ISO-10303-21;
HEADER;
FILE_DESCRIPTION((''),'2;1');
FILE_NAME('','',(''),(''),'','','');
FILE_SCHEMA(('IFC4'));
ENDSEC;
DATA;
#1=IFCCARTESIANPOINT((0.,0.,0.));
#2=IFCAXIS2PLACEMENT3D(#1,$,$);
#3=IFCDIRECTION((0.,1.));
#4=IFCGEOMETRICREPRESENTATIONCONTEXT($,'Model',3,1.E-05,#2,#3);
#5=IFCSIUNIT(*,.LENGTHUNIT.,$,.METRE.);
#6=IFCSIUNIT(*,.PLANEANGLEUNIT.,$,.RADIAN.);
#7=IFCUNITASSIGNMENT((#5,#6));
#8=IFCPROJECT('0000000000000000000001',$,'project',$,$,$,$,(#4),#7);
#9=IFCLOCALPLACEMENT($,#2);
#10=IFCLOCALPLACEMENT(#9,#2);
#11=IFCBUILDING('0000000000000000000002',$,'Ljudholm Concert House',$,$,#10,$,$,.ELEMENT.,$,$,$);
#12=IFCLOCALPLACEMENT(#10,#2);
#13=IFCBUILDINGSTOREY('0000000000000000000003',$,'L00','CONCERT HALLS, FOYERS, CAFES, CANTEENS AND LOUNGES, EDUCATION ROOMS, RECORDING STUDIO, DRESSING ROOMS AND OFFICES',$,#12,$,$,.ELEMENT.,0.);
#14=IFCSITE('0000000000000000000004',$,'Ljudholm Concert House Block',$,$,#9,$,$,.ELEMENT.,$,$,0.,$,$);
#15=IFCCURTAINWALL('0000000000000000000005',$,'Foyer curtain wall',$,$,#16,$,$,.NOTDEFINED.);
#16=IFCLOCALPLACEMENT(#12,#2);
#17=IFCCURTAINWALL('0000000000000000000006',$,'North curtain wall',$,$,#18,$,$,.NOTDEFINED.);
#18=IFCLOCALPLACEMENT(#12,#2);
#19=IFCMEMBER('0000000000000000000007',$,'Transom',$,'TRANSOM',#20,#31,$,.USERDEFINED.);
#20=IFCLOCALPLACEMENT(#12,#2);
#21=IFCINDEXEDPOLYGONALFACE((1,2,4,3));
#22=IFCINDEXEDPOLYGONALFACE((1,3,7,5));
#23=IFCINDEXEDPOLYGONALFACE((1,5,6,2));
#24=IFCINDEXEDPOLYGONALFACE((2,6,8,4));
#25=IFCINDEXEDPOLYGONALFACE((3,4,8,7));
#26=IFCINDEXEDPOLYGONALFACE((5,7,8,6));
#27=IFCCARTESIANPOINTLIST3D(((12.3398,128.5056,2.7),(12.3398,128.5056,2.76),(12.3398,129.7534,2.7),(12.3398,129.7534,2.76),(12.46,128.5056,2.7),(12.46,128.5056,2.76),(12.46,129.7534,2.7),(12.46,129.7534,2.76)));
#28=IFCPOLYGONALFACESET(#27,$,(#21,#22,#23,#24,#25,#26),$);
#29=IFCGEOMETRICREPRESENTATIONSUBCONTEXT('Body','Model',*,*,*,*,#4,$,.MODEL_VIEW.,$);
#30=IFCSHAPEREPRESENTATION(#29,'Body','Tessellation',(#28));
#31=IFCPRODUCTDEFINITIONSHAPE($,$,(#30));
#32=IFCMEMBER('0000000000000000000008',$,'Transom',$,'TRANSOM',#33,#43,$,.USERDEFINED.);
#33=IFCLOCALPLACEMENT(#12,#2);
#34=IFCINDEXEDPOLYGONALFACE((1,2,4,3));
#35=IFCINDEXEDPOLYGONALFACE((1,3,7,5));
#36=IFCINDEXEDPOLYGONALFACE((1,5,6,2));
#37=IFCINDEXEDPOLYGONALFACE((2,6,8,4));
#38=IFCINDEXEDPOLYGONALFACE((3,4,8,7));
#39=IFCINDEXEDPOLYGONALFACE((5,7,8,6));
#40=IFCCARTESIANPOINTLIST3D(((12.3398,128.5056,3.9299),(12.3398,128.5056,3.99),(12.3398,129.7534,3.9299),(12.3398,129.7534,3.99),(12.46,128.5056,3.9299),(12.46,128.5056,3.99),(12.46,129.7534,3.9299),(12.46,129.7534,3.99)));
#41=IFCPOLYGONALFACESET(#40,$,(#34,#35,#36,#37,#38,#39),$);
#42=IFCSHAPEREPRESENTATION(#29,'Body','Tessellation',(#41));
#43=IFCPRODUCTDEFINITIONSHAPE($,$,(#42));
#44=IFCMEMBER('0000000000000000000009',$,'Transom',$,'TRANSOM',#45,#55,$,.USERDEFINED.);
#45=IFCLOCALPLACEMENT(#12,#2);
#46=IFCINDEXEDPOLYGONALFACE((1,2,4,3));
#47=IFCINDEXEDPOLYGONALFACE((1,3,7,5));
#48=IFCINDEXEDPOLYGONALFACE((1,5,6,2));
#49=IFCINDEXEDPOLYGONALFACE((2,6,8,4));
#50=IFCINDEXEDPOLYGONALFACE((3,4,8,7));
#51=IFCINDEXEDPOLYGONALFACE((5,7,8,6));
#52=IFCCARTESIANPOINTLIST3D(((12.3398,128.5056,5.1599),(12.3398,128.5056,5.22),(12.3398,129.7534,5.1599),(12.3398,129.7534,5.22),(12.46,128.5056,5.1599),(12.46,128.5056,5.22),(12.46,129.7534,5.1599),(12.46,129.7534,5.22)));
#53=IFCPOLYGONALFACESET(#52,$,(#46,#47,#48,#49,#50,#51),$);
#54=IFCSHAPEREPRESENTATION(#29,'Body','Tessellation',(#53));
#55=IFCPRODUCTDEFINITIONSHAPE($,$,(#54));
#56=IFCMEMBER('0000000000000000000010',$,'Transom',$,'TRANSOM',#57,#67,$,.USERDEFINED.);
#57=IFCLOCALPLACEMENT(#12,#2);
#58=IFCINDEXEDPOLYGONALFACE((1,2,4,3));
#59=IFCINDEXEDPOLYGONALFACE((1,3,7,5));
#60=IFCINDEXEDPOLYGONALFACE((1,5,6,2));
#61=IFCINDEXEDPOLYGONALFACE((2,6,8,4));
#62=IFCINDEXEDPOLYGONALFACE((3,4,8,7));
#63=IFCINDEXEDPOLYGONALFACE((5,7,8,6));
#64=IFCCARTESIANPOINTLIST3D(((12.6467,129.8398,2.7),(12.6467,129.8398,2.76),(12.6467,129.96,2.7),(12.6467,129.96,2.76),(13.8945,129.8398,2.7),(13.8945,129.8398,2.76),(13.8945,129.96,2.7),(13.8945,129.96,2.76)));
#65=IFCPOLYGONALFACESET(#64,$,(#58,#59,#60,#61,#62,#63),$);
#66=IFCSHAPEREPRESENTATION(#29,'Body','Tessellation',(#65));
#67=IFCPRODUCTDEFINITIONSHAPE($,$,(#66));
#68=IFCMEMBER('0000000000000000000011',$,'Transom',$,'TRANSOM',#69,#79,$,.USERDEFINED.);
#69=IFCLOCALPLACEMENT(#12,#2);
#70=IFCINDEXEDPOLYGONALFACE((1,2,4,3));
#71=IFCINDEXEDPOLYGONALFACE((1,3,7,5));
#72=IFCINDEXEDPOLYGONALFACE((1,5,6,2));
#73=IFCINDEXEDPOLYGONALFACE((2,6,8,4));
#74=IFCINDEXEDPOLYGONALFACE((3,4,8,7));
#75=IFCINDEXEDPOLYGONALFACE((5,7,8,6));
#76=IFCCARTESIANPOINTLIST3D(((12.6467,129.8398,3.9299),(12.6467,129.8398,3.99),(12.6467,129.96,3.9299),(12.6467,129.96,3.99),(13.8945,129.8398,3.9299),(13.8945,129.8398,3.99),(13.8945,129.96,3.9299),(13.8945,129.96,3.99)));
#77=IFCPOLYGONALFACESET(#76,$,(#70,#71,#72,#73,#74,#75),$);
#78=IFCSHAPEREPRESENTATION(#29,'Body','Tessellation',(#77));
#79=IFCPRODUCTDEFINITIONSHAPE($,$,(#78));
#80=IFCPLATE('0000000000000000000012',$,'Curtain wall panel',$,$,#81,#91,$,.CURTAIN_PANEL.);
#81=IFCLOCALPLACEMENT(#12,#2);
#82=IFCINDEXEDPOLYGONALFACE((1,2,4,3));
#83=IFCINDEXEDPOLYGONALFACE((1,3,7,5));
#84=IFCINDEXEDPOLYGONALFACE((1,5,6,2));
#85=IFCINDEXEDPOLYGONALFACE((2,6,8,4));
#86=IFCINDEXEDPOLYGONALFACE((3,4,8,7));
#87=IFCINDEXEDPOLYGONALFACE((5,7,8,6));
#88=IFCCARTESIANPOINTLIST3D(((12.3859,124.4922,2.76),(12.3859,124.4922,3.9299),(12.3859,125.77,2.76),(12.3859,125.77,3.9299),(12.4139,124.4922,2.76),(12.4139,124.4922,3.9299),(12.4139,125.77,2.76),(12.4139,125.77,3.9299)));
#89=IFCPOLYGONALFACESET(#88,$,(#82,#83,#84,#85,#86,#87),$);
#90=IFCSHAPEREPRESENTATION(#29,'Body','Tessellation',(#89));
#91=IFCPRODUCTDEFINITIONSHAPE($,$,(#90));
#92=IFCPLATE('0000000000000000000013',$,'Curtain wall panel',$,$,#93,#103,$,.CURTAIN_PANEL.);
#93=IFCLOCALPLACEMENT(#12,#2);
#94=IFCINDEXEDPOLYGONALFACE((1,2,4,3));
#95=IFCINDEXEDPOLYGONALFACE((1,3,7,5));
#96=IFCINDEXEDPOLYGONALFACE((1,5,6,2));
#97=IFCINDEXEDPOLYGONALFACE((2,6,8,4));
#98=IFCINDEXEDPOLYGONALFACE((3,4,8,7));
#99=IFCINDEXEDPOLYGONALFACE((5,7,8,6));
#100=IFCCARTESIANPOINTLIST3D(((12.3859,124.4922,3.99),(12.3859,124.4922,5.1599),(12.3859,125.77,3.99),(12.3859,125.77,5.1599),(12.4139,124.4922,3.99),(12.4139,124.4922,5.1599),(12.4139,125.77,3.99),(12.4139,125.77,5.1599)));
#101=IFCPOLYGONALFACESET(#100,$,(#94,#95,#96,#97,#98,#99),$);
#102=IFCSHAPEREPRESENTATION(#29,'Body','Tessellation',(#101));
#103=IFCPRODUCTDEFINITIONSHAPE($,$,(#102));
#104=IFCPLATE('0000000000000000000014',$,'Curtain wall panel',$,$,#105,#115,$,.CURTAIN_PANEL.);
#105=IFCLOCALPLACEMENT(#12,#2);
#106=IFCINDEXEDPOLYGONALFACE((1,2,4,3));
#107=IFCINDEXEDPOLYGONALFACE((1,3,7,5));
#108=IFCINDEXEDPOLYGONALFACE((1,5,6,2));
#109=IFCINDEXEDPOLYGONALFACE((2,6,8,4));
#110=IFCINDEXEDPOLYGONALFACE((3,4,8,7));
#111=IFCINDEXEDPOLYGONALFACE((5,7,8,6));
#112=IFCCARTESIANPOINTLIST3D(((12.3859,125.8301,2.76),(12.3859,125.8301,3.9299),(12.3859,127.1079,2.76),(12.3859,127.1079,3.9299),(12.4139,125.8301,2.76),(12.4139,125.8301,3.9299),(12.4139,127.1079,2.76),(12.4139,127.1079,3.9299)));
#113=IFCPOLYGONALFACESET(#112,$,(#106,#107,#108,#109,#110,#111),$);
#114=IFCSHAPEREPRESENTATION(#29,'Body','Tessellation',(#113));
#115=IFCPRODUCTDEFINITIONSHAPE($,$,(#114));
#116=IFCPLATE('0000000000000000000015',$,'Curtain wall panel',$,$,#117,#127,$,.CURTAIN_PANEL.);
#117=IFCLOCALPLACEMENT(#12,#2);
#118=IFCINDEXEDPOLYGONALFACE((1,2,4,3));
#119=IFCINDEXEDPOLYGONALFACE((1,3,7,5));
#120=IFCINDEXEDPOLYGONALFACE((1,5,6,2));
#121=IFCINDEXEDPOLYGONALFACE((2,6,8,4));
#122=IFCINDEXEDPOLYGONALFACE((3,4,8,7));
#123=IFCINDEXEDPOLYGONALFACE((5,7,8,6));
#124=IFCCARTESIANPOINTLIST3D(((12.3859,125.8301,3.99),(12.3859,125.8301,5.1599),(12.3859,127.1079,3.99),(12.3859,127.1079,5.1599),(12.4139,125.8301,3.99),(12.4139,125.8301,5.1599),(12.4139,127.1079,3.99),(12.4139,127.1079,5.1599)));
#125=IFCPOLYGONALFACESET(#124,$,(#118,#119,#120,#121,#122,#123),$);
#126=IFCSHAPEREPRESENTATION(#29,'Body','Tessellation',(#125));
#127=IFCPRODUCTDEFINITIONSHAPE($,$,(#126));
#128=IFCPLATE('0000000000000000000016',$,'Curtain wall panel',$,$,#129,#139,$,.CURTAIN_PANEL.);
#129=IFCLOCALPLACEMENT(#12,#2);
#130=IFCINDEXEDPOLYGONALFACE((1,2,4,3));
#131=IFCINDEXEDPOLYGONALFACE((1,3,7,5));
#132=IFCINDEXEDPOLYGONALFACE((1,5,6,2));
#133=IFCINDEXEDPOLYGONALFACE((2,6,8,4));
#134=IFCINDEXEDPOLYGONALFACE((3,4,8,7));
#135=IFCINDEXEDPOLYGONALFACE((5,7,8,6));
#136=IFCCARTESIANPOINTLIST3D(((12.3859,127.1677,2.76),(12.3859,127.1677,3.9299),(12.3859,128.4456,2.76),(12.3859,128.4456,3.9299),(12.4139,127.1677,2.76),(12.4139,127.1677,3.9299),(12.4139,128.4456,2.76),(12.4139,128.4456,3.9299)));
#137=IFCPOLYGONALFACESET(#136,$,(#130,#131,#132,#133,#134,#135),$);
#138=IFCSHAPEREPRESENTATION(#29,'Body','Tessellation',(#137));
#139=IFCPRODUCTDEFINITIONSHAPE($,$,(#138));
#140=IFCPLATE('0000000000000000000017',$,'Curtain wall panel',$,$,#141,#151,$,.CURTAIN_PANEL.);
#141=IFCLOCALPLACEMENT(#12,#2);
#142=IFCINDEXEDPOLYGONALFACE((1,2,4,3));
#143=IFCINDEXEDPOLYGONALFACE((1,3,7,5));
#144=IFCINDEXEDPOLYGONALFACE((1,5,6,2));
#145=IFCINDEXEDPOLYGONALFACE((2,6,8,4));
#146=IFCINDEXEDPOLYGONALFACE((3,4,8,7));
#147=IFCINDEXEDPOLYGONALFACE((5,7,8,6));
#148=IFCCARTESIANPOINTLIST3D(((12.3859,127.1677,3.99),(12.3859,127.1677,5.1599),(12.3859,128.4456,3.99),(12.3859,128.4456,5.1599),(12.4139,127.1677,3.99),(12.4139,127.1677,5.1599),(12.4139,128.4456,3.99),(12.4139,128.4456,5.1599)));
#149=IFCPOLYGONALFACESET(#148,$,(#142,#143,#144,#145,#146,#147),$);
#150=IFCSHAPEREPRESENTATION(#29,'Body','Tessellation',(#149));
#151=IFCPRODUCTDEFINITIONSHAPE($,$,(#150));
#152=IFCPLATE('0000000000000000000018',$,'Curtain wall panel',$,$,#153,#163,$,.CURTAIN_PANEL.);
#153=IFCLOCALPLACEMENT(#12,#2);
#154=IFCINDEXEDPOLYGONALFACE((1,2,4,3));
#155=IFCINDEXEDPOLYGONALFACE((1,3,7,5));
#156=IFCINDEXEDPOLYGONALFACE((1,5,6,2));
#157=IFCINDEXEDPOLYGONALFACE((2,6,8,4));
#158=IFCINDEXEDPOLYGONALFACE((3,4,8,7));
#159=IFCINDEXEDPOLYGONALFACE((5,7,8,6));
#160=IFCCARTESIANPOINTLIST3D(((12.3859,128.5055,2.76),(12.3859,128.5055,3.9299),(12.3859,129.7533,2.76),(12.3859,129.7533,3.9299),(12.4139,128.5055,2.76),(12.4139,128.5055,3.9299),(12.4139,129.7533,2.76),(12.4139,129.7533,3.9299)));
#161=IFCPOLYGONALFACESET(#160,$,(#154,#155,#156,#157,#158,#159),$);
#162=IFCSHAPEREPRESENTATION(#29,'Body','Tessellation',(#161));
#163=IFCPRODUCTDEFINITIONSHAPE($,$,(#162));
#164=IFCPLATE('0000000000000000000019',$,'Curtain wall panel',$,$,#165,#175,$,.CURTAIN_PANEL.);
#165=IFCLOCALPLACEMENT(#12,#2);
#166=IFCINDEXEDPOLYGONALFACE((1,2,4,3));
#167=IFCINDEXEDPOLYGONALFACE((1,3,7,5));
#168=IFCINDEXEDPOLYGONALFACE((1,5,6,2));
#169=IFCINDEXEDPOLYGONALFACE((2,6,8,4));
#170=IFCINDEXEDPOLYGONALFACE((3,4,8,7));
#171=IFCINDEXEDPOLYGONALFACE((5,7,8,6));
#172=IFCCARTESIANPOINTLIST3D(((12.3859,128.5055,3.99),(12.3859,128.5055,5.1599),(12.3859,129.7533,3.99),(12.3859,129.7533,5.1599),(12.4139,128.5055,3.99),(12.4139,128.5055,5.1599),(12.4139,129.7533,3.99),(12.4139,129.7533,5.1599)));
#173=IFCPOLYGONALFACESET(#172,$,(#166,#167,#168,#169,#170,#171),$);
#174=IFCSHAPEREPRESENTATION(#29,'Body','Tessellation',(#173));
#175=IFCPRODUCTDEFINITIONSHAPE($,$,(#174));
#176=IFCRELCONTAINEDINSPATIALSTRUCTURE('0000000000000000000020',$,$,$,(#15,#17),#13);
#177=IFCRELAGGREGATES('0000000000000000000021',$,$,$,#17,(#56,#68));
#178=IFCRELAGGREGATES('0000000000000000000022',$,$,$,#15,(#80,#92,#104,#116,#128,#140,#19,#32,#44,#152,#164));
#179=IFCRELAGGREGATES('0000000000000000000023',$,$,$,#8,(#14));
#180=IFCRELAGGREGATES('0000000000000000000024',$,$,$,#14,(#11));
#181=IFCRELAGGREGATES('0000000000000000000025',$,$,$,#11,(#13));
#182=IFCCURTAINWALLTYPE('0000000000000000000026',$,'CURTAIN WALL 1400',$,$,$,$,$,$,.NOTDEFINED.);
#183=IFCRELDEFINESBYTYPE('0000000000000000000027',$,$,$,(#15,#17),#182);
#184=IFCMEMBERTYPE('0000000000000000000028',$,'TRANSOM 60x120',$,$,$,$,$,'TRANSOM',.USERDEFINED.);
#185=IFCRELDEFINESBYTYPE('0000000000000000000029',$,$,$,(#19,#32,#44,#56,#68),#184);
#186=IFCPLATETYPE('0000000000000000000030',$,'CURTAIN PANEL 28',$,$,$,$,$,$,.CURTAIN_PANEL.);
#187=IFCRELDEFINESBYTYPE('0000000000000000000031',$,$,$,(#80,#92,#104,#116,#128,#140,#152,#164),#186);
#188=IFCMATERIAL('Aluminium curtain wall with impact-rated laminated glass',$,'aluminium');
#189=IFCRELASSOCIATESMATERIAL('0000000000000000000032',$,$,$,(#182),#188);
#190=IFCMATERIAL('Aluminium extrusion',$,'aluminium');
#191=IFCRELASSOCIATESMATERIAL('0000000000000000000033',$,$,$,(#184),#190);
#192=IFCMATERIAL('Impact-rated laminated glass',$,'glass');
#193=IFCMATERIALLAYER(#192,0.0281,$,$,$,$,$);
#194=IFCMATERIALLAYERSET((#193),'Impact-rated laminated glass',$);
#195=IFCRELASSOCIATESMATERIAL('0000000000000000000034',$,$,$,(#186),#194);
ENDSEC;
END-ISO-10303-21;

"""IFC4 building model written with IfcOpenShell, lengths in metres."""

from ifc_helpers import new_model, si_unit, direction, frame, origin, origin_2d, place, context, subcontext, project, spatial, rectangle, extrude, material, layer, layer_set, material_profile, profile_set, type_object, element, aggregate, save


model = new_model("IFC4")

# Units and contexts
model_context = context("Model", 3, precision=1e-05, world=origin(), true_north=direction((0.0, 1.0)))
body_context = subcontext(model_context, "Body", "Model", "MODEL_VIEW")
ifc_project = project(units=[si_unit("LENGTHUNIT", "METRE"), si_unit("PLANEANGLEUNIT", "RADIAN")], contexts=[model_context])

# Site, building, storey
site_placement = place(None, origin())
site = spatial("IfcSite", under=ifc_project, at=site_placement, Name="Ljudholm Concert House Block", CompositionType="ELEMENT", RefElevation=0.0)
building_placement = place(site_placement, origin())
building = spatial("IfcBuilding", under=site, at=building_placement, Name="Ljudholm Concert House", CompositionType="ELEMENT")
storey_placement = place(building_placement, origin())
storey = spatial("IfcBuildingStorey", under=building, at=storey_placement, Name="L00", Description="CONCERT HALLS, FOYERS, CAFES, CANTEENS AND LOUNGES, EDUCATION ROOMS, RECORDING STUDIO, DRESSING ROOMS AND OFFICES", CompositionType="ELEMENT", Elevation=0.0)

# Curtain wall
ifc_material_1 = material(Name="Aluminium curtain wall with impact-rated laminated glass", Category="aluminium")
curtain_wall_type = type_object("IfcCurtainWallType", Name="CURTAIN WALL 1400", PredefinedType="NOTDEFINED", material=ifc_material_1)
curtain_wall_1_placement = place(storey_placement, origin())
curtain_wall_1 = element("IfcCurtainWall", 1, at=curtain_wall_1_placement, inside=storey, type_object=curtain_wall_type, Name="Foyer curtain wall", PredefinedType="NOTDEFINED")

# Curtain wall
curtain_wall_2_placement = place(storey_placement, origin())
curtain_wall_2 = element("IfcCurtainWall", 2, at=curtain_wall_2_placement, inside=storey, type_object=curtain_wall_type, Name="North curtain wall", PredefinedType="NOTDEFINED")

# Members
ifc_material_2 = material(Name="Aluminium extrusion", Category="aluminium")
ifc_material_profile_1 = material_profile(ifc_material_2, rectangle(XDim=0.1201, YDim=0.0601, at=origin_2d()), Name="TRANSOM 60x120")
ifc_profile_set_1 = profile_set([ifc_material_profile_1], Name="Aluminium extrusion")
member_type_1 = type_object("IfcMemberType", Name="TRANSOM 60x120", ElementType="TRANSOM", PredefinedType="USERDEFINED", material=ifc_profile_set_1)
member_1_placement = place(storey_placement, frame((12.3999, 128.5056, 2.73), z_axis=(0.0, 1.0, 0.0), x_axis=(-1.0, 0.0, 0.0)))
member_1 = element("IfcMember", 3, at=member_1_placement, type_object=member_type_1, Name="Transom", ObjectType="TRANSOM", PredefinedType="USERDEFINED", context=body_context, shape_type="SweptSolid", body=[
    extrude(rectangle(XDim=0.1201, YDim=0.0601, at=origin_2d()), origin(), (0.0, 0.0, 1.0), 1.2478),
])
member_2_placement = place(storey_placement, frame((12.3999, 128.5056, 3.96), z_axis=(0.0, 1.0, 0.0), x_axis=(-1.0, 0.0, 0.0)))
member_2 = element("IfcMember", 4, at=member_2_placement, type_object=member_type_1, Name="Transom", ObjectType="TRANSOM", PredefinedType="USERDEFINED", context=body_context, shape_type="SweptSolid", body=[
    extrude(rectangle(XDim=0.1201, YDim=0.0601, at=origin_2d()), origin(), (0.0, 0.0, 1.0), 1.2478),
])
member_3_placement = place(storey_placement, frame((12.3999, 128.5056, 5.1899), z_axis=(0.0, 1.0, 0.0), x_axis=(-1.0, 0.0, 0.0)))
member_3 = element("IfcMember", 5, at=member_3_placement, type_object=member_type_1, Name="Transom", ObjectType="TRANSOM", PredefinedType="USERDEFINED", context=body_context, shape_type="SweptSolid", body=[
    extrude(rectangle(XDim=0.1201, YDim=0.0601, at=origin_2d()), origin(), (0.0, 0.0, 1.0), 1.2478),
])
member_4_placement = place(storey_placement, frame((12.6467, 129.8999, 2.73), z_axis=(1.0, 0.0, 0.0), x_axis=(0.0, 1.0, 0.0)))
member_4 = element("IfcMember", 6, at=member_4_placement, type_object=member_type_1, Name="Transom", ObjectType="TRANSOM", PredefinedType="USERDEFINED", context=body_context, shape_type="SweptSolid", body=[
    extrude(rectangle(XDim=0.1201, YDim=0.0601, at=origin_2d()), origin(), (0.0, 0.0, 1.0), 1.2478),
])
member_5_placement = place(storey_placement, frame((12.6467, 129.8999, 3.96), z_axis=(1.0, 0.0, 0.0), x_axis=(0.0, 1.0, 0.0)))
member_5 = element("IfcMember", 7, at=member_5_placement, type_object=member_type_1, Name="Transom", ObjectType="TRANSOM", PredefinedType="USERDEFINED", context=body_context, shape_type="SweptSolid", body=[
    extrude(rectangle(XDim=0.1201, YDim=0.0601, at=origin_2d()), origin(), (0.0, 0.0, 1.0), 1.2478),
])
aggregate(curtain_wall_2, [member_4, member_5])

# Plates
ifc_material_3 = material(Name="Impact-rated laminated glass", Category="glass")
ifc_layer_1 = layer(ifc_material_3, 0.0281)
ifc_layer_set_1 = layer_set([ifc_layer_1], Name="Impact-rated laminated glass")
plate_type = type_object("IfcPlateType", Name="CURTAIN PANEL 28", PredefinedType="CURTAIN_PANEL", material=ifc_layer_set_1)
plate_1_placement = place(storey_placement, frame((12.3999, 125.1311, 2.76), z_axis=(0.0, 0.0, 1.0), x_axis=(0.0, 1.0, 0.0)))
plate_1 = element("IfcPlate", 8, at=plate_1_placement, type_object=plate_type, Name="Curtain wall panel", PredefinedType="CURTAIN_PANEL", context=body_context, shape_type="SweptSolid", body=[
    extrude(rectangle(XDim=1.2778, YDim=0.0281, at=origin_2d()), origin(), (0.0, 0.0, 1.0), 1.1699),
])
plate_2_placement = place(storey_placement, frame((12.3999, 125.1311, 3.99), z_axis=(0.0, 0.0, 1.0), x_axis=(0.0, 1.0, 0.0)))
plate_2 = element("IfcPlate", 9, at=plate_2_placement, type_object=plate_type, Name="Curtain wall panel", PredefinedType="CURTAIN_PANEL", context=body_context, shape_type="SweptSolid", body=[
    extrude(rectangle(XDim=1.2778, YDim=0.0281, at=origin_2d()), origin(), (0.0, 0.0, 1.0), 1.1699),
])
plate_3_placement = place(storey_placement, frame((12.3999, 126.469, 2.76), z_axis=(0.0, 0.0, 1.0), x_axis=(0.0, 1.0, 0.0)))
plate_3 = element("IfcPlate", 10, at=plate_3_placement, type_object=plate_type, Name="Curtain wall panel", PredefinedType="CURTAIN_PANEL", context=body_context, shape_type="SweptSolid", body=[
    extrude(rectangle(XDim=1.2778, YDim=0.0281, at=origin_2d()), origin(), (0.0, 0.0, 1.0), 1.1699),
])
plate_4_placement = place(storey_placement, frame((12.3999, 126.469, 3.99), z_axis=(0.0, 0.0, 1.0), x_axis=(0.0, 1.0, 0.0)))
plate_4 = element("IfcPlate", 11, at=plate_4_placement, type_object=plate_type, Name="Curtain wall panel", PredefinedType="CURTAIN_PANEL", context=body_context, shape_type="SweptSolid", body=[
    extrude(rectangle(XDim=1.2778, YDim=0.0281, at=origin_2d()), origin(), (0.0, 0.0, 1.0), 1.1699),
])
plate_5_placement = place(storey_placement, frame((12.3999, 127.8066, 2.76), z_axis=(0.0, 0.0, 1.0), x_axis=(0.0, 1.0, 0.0)))
plate_5 = element("IfcPlate", 12, at=plate_5_placement, type_object=plate_type, Name="Curtain wall panel", PredefinedType="CURTAIN_PANEL", context=body_context, shape_type="SweptSolid", body=[
    extrude(rectangle(XDim=1.2778, YDim=0.0281, at=origin_2d()), origin(), (0.0, 0.0, 1.0), 1.1699),
])
plate_6_placement = place(storey_placement, frame((12.3999, 127.8066, 3.99), z_axis=(0.0, 0.0, 1.0), x_axis=(0.0, 1.0, 0.0)))
plate_6 = element("IfcPlate", 13, at=plate_6_placement, type_object=plate_type, Name="Curtain wall panel", PredefinedType="CURTAIN_PANEL", context=body_context, shape_type="SweptSolid", body=[
    extrude(rectangle(XDim=1.2778, YDim=0.0281, at=origin_2d()), origin(), (0.0, 0.0, 1.0), 1.1699),
])
plate_7_placement = place(storey_placement, frame((12.3999, 129.1294, 2.76), z_axis=(0.0, 0.0, 1.0), x_axis=(0.0, 1.0, 0.0)))
plate_7 = element("IfcPlate", 14, at=plate_7_placement, type_object=plate_type, Name="Curtain wall panel", PredefinedType="CURTAIN_PANEL", context=body_context, shape_type="SweptSolid", body=[
    extrude(rectangle(XDim=1.2478, YDim=0.0281, at=origin_2d()), origin(), (0.0, 0.0, 1.0), 1.1699),
])
plate_8_placement = place(storey_placement, frame((12.3999, 129.1294, 3.99), z_axis=(0.0, 0.0, 1.0), x_axis=(0.0, 1.0, 0.0)))
plate_8 = element("IfcPlate", 15, at=plate_8_placement, type_object=plate_type, Name="Curtain wall panel", PredefinedType="CURTAIN_PANEL", context=body_context, shape_type="SweptSolid", body=[
    extrude(rectangle(XDim=1.2478, YDim=0.0281, at=origin_2d()), origin(), (0.0, 0.0, 1.0), 1.1699),
])
aggregate(curtain_wall_1, [plate_1, plate_2, plate_3, plate_4, plate_5, plate_6, member_1, member_2, member_3, plate_7, plate_8])

save(model, "model.ifc")
